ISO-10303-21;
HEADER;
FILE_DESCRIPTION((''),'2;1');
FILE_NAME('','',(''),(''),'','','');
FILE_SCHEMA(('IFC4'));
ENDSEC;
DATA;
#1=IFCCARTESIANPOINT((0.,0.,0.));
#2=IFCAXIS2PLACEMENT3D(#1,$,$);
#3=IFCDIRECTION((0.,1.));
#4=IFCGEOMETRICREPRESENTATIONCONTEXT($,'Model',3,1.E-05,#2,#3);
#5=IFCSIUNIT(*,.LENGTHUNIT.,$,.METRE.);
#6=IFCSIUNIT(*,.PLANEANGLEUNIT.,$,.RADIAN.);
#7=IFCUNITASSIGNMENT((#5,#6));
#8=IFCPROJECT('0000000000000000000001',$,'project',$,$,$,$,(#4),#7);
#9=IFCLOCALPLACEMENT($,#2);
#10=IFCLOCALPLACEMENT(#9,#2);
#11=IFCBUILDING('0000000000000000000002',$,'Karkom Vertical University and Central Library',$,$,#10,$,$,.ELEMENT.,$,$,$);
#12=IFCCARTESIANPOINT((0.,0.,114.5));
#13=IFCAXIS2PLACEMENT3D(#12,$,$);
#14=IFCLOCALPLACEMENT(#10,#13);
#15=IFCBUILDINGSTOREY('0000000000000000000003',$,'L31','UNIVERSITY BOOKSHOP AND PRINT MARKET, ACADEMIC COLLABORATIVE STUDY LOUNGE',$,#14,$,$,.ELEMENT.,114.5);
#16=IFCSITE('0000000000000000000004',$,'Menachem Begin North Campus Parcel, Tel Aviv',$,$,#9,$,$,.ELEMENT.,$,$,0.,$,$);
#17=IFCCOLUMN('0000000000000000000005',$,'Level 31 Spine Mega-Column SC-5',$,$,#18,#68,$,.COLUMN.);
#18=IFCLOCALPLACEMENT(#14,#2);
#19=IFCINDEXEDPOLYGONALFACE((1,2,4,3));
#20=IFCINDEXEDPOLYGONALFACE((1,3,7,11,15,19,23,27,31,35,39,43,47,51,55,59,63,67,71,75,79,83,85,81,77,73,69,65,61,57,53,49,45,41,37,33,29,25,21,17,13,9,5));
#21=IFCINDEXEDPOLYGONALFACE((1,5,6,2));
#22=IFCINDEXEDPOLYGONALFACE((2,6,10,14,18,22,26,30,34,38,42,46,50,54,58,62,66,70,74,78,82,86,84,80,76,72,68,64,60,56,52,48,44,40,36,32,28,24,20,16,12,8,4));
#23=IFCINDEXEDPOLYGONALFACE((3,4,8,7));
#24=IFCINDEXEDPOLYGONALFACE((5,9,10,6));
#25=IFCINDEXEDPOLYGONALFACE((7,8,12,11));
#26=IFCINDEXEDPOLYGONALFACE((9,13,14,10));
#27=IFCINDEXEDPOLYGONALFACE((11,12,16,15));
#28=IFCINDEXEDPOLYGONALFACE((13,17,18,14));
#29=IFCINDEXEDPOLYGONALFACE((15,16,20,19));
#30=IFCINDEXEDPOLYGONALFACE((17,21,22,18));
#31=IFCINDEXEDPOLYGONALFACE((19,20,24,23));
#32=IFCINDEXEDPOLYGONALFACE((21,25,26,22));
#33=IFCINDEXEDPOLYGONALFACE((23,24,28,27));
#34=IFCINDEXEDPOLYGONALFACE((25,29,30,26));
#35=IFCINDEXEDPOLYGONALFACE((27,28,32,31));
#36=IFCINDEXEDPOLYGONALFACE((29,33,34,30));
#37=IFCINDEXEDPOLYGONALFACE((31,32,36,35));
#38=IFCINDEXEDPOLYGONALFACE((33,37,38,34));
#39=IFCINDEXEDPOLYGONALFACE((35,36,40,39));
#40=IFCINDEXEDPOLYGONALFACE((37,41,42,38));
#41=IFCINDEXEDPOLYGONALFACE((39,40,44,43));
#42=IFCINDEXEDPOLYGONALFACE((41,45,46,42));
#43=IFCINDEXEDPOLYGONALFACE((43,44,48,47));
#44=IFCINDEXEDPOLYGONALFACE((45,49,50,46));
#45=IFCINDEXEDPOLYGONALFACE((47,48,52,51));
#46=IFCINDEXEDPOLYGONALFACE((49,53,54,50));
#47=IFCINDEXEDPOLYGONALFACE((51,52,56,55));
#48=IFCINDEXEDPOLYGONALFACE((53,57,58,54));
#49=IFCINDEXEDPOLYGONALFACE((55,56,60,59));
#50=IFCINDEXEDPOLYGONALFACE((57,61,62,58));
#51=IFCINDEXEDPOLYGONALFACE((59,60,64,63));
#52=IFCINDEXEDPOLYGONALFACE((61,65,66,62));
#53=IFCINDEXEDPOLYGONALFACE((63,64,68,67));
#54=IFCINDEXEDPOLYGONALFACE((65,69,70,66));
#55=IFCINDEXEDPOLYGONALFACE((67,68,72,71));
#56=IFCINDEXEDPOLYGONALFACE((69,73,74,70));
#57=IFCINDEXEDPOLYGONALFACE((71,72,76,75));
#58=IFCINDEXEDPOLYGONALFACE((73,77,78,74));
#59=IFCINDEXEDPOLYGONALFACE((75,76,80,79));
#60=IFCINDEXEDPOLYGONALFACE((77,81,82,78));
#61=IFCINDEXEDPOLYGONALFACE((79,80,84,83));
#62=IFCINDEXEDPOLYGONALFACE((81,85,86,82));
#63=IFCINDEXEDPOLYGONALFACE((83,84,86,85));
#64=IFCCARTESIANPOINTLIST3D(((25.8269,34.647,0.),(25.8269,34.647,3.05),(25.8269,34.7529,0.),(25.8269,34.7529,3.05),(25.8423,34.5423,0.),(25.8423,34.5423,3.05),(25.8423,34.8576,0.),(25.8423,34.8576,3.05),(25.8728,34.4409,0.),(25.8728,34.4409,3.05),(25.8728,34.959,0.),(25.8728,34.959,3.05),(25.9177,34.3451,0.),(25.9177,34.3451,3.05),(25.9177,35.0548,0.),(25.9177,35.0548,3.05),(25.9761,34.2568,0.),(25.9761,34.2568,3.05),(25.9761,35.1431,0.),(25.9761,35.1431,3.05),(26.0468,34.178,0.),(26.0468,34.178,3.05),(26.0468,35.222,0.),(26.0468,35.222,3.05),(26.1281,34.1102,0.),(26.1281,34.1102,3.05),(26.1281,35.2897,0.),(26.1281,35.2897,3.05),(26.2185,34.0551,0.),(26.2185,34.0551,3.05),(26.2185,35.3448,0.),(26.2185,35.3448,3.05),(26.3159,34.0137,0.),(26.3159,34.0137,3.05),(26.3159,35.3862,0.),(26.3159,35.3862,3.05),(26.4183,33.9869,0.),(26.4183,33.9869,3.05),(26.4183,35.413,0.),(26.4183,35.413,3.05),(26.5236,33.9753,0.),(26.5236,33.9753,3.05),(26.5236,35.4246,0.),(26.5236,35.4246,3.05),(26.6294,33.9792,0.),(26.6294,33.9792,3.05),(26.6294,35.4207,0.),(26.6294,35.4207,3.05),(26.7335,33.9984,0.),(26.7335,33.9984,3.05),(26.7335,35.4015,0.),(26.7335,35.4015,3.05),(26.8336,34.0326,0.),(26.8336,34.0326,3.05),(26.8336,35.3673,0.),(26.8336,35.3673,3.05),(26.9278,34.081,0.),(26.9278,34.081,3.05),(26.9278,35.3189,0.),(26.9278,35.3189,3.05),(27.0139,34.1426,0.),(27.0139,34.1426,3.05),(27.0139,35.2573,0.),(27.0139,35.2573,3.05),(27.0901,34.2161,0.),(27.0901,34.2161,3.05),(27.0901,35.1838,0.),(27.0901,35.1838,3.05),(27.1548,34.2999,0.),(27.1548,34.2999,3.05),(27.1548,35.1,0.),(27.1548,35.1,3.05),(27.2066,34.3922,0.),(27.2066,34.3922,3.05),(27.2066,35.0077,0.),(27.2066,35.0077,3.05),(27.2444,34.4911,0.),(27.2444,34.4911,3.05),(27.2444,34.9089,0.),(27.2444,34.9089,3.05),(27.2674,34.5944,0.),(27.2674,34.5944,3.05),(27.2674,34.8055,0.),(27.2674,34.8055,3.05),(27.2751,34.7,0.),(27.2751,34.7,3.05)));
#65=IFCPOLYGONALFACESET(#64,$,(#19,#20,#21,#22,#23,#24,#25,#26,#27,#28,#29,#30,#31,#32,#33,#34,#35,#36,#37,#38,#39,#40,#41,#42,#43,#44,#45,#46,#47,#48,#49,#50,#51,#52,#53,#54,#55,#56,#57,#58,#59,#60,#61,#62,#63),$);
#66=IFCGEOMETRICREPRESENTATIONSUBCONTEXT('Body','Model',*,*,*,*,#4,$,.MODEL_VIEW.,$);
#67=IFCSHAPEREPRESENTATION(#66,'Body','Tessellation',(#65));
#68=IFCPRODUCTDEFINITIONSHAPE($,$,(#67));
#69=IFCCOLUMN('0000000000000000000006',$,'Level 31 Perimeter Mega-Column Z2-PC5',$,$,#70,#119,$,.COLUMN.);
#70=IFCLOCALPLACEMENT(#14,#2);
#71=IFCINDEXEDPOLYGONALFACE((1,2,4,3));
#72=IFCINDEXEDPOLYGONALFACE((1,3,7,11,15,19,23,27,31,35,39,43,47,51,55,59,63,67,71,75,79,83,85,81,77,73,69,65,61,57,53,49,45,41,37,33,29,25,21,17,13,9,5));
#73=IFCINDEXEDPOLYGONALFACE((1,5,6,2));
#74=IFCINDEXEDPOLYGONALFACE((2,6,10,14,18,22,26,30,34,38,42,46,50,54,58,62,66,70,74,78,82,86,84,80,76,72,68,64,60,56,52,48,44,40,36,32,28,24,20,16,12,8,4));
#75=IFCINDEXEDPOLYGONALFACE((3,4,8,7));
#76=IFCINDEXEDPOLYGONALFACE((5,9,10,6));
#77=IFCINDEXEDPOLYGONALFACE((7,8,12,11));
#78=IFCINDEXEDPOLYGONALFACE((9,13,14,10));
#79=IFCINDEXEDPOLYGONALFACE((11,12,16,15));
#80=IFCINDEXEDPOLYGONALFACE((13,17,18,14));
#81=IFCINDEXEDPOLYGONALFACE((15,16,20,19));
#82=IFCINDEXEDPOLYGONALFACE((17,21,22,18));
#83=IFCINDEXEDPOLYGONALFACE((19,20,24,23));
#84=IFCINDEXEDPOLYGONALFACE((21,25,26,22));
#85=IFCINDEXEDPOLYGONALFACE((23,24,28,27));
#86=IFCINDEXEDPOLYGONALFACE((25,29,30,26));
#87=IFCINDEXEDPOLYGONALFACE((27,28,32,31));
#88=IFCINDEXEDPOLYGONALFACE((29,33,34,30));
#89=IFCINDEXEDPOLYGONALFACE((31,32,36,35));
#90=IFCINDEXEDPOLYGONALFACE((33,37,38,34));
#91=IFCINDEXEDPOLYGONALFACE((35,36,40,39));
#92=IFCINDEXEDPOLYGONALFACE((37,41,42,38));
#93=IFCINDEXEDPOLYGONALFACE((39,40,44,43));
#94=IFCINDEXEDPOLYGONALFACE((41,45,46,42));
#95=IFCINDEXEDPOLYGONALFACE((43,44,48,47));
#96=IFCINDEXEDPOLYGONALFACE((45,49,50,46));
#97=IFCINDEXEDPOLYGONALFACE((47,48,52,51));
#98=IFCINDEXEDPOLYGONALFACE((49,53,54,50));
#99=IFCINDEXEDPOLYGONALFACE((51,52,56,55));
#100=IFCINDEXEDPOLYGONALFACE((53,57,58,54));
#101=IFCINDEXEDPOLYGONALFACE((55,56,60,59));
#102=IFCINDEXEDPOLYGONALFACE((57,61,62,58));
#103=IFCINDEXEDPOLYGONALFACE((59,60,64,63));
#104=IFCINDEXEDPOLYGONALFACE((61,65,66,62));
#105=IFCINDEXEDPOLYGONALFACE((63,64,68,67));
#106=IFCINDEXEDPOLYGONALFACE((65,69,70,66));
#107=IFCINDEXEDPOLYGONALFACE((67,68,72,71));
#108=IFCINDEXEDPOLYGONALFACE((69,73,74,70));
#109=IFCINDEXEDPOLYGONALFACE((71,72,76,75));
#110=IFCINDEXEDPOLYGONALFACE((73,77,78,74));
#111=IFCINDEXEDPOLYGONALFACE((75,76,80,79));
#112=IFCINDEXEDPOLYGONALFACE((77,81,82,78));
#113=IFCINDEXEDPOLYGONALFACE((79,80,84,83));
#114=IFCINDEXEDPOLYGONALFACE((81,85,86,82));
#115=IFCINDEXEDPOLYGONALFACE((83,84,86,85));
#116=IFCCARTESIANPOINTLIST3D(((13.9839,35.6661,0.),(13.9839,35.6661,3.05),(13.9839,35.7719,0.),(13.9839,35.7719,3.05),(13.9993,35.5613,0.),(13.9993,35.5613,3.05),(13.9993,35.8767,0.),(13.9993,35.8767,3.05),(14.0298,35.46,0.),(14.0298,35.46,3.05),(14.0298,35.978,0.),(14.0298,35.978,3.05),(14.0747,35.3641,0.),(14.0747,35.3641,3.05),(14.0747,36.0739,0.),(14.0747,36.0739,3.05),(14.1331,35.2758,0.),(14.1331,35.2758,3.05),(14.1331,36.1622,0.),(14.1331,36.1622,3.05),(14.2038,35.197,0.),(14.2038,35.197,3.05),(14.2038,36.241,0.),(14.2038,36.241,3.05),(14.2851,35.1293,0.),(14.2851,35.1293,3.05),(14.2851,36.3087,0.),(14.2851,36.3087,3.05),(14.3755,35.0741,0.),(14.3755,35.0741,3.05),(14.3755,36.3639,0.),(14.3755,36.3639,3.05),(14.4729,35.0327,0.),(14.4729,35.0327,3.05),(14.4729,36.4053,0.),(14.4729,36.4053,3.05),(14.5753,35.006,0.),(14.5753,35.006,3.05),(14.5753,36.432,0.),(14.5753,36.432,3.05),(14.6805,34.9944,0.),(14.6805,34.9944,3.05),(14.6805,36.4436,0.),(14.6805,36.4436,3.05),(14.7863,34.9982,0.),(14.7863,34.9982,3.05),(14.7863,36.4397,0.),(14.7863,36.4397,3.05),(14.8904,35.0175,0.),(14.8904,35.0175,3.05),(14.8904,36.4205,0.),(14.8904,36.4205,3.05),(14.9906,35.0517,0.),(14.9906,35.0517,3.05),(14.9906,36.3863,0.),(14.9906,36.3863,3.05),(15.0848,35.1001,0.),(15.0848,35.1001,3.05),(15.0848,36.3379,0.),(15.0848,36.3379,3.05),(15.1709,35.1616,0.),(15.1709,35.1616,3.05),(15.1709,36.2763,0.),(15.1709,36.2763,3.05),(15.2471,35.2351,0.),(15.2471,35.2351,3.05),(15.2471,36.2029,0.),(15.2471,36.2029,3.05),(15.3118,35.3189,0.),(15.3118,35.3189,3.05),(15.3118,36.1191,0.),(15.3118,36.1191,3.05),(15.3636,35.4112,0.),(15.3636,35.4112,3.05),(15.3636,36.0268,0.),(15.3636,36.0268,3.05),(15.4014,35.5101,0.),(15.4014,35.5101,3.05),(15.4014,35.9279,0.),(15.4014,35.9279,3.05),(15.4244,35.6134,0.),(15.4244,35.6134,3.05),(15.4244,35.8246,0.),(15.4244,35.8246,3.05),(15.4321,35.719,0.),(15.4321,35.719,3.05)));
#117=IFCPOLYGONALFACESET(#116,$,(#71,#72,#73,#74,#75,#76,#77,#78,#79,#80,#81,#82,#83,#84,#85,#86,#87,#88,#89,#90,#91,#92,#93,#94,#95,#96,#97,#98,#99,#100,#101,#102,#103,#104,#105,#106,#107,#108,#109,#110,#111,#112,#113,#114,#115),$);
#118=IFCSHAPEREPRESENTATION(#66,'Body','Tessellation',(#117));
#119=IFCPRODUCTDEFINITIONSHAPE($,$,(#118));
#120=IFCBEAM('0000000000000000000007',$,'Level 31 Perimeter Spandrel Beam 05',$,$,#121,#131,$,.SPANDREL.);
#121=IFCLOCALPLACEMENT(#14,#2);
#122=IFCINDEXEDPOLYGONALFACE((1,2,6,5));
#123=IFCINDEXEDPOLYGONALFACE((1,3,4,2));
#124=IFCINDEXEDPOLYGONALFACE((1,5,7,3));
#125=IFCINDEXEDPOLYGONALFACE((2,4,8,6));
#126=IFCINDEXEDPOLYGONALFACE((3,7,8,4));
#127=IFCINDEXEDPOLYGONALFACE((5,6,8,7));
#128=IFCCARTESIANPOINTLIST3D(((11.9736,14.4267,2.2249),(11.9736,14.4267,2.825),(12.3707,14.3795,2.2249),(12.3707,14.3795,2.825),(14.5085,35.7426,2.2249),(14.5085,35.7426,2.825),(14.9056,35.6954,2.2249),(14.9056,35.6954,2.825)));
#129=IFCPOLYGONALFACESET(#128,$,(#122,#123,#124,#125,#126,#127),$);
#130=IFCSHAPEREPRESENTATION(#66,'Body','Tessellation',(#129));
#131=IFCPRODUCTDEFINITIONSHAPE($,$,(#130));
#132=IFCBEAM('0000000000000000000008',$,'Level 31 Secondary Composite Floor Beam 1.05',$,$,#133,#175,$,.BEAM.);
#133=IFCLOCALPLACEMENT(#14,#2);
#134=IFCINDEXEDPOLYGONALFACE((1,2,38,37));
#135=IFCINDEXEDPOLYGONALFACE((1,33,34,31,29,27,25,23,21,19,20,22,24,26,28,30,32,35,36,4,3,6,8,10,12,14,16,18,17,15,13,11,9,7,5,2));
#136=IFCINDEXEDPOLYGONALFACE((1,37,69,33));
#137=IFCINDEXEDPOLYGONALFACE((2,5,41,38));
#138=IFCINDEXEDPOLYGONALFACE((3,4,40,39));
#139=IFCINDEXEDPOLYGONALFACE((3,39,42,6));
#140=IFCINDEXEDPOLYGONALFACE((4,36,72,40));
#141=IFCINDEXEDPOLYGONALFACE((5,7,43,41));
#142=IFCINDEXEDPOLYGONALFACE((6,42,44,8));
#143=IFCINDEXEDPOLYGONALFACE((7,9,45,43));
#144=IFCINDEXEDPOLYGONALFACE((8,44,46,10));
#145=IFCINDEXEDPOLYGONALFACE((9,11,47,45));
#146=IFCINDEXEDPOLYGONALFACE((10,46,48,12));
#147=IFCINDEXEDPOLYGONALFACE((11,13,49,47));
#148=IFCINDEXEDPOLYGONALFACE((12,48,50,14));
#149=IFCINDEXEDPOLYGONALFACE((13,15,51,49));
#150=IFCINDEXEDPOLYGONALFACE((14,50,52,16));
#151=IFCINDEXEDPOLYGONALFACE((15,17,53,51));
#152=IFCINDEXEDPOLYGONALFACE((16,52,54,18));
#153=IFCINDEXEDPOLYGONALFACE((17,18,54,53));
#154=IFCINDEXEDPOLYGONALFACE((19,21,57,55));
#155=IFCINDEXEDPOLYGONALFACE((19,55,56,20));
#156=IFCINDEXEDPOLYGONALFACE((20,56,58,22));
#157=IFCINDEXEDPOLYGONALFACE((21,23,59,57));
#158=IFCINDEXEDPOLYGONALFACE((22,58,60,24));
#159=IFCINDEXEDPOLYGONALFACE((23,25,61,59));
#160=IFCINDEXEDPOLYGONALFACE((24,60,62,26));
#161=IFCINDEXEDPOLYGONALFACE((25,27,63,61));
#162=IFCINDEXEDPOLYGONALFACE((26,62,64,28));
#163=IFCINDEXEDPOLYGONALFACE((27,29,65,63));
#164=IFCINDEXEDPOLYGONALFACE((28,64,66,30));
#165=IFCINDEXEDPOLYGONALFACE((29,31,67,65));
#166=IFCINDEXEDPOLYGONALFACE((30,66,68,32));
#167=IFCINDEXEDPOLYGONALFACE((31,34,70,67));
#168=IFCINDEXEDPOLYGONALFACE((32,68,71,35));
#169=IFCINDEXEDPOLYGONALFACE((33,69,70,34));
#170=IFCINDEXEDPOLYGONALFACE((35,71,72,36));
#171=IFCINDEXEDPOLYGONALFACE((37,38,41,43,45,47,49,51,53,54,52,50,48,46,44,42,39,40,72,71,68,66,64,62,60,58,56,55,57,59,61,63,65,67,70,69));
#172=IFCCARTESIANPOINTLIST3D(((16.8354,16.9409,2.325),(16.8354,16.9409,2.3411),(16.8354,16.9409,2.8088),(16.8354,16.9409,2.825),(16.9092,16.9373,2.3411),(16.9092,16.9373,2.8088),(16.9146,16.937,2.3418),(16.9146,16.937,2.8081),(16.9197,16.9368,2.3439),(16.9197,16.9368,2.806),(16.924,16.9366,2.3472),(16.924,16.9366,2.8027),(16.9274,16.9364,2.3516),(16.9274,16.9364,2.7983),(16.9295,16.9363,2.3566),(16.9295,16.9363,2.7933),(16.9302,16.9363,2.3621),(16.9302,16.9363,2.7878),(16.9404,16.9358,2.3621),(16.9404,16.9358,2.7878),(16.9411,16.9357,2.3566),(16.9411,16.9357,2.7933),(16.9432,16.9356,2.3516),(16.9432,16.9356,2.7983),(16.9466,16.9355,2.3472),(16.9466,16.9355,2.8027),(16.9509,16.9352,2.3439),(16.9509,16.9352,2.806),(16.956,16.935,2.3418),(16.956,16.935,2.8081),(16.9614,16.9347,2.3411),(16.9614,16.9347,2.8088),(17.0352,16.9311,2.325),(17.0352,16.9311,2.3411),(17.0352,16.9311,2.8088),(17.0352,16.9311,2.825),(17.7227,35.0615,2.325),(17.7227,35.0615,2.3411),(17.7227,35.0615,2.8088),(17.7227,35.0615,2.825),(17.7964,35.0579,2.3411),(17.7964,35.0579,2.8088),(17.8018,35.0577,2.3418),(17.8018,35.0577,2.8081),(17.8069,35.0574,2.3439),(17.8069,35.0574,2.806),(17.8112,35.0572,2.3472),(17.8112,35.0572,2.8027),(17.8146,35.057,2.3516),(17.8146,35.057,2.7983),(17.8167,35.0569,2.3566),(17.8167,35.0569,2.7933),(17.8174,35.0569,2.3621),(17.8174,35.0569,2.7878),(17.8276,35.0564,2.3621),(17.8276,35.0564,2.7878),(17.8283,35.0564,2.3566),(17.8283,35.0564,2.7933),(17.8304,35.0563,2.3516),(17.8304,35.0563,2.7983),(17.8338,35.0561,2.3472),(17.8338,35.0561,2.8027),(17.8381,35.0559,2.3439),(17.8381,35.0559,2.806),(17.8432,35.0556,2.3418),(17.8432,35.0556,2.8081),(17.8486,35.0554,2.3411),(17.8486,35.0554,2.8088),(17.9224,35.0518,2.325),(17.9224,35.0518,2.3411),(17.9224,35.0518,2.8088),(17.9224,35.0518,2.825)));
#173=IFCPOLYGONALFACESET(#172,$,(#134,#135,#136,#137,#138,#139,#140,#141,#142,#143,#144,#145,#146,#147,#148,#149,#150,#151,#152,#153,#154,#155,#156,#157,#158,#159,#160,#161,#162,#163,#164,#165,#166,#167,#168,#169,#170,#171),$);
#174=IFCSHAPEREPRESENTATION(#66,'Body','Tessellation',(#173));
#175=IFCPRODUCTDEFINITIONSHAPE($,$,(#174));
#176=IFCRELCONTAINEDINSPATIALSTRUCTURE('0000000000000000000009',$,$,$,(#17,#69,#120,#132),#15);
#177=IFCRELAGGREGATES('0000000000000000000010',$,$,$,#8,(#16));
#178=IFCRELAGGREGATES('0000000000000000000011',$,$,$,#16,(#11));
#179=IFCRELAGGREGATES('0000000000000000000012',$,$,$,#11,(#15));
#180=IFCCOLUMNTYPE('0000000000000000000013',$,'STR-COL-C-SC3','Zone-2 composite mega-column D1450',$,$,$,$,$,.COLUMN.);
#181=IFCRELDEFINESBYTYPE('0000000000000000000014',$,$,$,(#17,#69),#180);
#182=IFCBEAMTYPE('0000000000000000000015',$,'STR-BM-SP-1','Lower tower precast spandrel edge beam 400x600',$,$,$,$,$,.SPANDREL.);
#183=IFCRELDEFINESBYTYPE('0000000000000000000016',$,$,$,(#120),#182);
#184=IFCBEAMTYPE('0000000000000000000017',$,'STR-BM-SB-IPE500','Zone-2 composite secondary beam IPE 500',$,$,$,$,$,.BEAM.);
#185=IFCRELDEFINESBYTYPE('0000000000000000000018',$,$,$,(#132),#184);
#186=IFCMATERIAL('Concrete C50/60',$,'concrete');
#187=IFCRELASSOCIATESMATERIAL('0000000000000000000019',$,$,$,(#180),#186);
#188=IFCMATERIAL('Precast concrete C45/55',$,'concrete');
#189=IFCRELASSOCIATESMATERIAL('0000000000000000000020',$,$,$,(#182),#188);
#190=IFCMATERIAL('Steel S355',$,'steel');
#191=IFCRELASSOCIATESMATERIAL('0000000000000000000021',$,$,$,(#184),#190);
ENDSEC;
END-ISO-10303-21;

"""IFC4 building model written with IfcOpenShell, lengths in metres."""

from ifc_helpers import new_model, si_unit, direction, frame, origin, origin_with_axes, origin_2d, place, context, subcontext, project, spatial, rectangle, circle, i_section, extrude, source, transform, mapped, material, material_profile, profile_set, type_object, element, save


model = new_model("IFC4")

# Units and contexts
model_context = context("Model", 3, precision=1e-05, world=origin(), true_north=direction((0.0, 1.0)))
body_context = subcontext(model_context, "Body", "Model", "MODEL_VIEW")
ifc_project = project(units=[si_unit("LENGTHUNIT", "METRE"), si_unit("PLANEANGLEUNIT", "RADIAN")], contexts=[model_context])

# Site, building, storey
site_placement = place(None, origin())
site = spatial("IfcSite", under=ifc_project, at=site_placement, Name="Menachem Begin North Campus Parcel, Tel Aviv", CompositionType="ELEMENT", RefElevation=0.0)
building_placement = place(site_placement, origin())
building = spatial("IfcBuilding", under=site, at=building_placement, Name="Karkom Vertical University and Central Library", CompositionType="ELEMENT")
storey_placement = place(building_placement, frame((0.0, 0.0, 114.5)))
storey = spatial("IfcBuildingStorey", under=building, at=storey_placement, Name="L31", Description="UNIVERSITY BOOKSHOP AND PRINT MARKET, ACADEMIC COLLABORATIVE STUDY LOUNGE", CompositionType="ELEMENT", Elevation=114.5)

# Columns
ifc_material_1 = material(Name="Concrete C50/60", Category="concrete")
ifc_material_profile_1 = material_profile(ifc_material_1, circle(Radius=0.7251, at=origin_2d()), Name="CFT-D1450")
ifc_profile_set_1 = profile_set([ifc_material_profile_1], Name="Concrete C50/60")
column_type = type_object("IfcColumnType", Name="STR-COL-C-SC3", Description="Zone-2 composite mega-column D1450", PredefinedType="COLUMN", material=ifc_profile_set_1)
shared_shape_1 = source(origin_with_axes(), body_context, "Body", "SweptSolid", [
    extrude(circle(Radius=0.7251, at=origin_2d()), origin(), (0.0, 0.0, 1.0), 3.05),
])
for number, where, z_axis, x_axis, name in (
    (1, (26.55, 34.7, 0.0), (0.0, 0.0, 1.0), (1.0, 0.0, 0.0), "Level 31 Spine Mega-Column SC-5"),
    (2, (14.707, 35.719, 0.0), (0.0, 0.0, 1.0), (1.0, 0.0, 0.0), "Level 31 Perimeter Mega-Column Z2-PC5"),
):
    element("IfcColumn", number, at=place(storey_placement, frame(where, z_axis=z_axis, x_axis=x_axis)), inside=storey, type_object=column_type, Name=name, PredefinedType="COLUMN", context=body_context, shape_type="MappedRepresentation", body=[
        mapped(shared_shape_1, transform((0.0, 0.0, 0.0), scale=1.0)),
    ])

# Beams
ifc_material_2 = material(Name="Precast concrete C45/55", Category="concrete")
ifc_material_profile_2 = material_profile(ifc_material_2, rectangle(XDim=0.3999, YDim=0.6001, at=origin_2d()), Name="SPB-400x600")
ifc_profile_set_2 = profile_set([ifc_material_profile_2], Name="Precast concrete C45/55")
beam_type_1 = type_object("IfcBeamType", Name="STR-BM-SP-1", Description="Lower tower precast spandrel edge beam 400x600", PredefinedType="SPANDREL", material=ifc_profile_set_2)
shared_shape_2 = source(origin_with_axes(), body_context, "Body", "SweptSolid", [
    extrude(rectangle(XDim=0.3999, YDim=0.6001, at=origin_2d()), origin(), (0.0, 0.0, 1.0), 21.4661),
])
beam_1_placement = place(storey_placement, frame((14.707, 35.719, 2.5249), z_axis=(-0.118089, -0.993003, 0.0), x_axis=(0.993003, -0.118089, 0.0)))
element("IfcBeam", 3, at=beam_1_placement, inside=storey, type_object=beam_type_1, Name="Level 31 Perimeter Spandrel Beam 05", PredefinedType="SPANDREL", context=body_context, shape_type="MappedRepresentation", body=[
    mapped(shared_shape_2, transform((0.0, 0.0, 0.0), scale=1.0)),
])
ifc_material_3 = material(Name="Steel S355", Category="steel")
ifc_material_profile_3 = material_profile(ifc_material_3, i_section(OverallWidth=0.2, OverallDepth=0.5, WebThickness=0.0103, FlangeThickness=0.0161, FilletRadius=0.021, at=origin_2d()), Name="IPE 500")
ifc_profile_set_3 = profile_set([ifc_material_profile_3], Name="Steel S355")
beam_type_2 = type_object("IfcBeamType", Name="STR-BM-SB-IPE500", Description="Zone-2 composite secondary beam IPE 500", PredefinedType="BEAM", material=ifc_profile_set_3)
shared_shape_3 = source(origin_with_axes(), body_context, "Body", "SweptSolid", [
    extrude(i_section(OverallWidth=0.2, OverallDepth=0.5, WebThickness=0.0103, FlangeThickness=0.0161, FilletRadius=0.021, at=origin_2d()), origin(), (0.0, 0.0, 1.0), 18.1423),
])
beam_2_placement = place(storey_placement, frame((17.8225, 35.0566, 2.575), z_axis=(-0.048903, -0.998804, 0.0), x_axis=(0.998804, -0.048903, 0.0)))
element("IfcBeam", 4, at=beam_2_placement, inside=storey, type_object=beam_type_2, Name="Level 31 Secondary Composite Floor Beam 1.05", PredefinedType="BEAM", context=body_context, shape_type="MappedRepresentation", body=[
    mapped(shared_shape_3, transform((0.0, 0.0, 0.0), scale=1.0)),
])

save(model, "model.ifc")
